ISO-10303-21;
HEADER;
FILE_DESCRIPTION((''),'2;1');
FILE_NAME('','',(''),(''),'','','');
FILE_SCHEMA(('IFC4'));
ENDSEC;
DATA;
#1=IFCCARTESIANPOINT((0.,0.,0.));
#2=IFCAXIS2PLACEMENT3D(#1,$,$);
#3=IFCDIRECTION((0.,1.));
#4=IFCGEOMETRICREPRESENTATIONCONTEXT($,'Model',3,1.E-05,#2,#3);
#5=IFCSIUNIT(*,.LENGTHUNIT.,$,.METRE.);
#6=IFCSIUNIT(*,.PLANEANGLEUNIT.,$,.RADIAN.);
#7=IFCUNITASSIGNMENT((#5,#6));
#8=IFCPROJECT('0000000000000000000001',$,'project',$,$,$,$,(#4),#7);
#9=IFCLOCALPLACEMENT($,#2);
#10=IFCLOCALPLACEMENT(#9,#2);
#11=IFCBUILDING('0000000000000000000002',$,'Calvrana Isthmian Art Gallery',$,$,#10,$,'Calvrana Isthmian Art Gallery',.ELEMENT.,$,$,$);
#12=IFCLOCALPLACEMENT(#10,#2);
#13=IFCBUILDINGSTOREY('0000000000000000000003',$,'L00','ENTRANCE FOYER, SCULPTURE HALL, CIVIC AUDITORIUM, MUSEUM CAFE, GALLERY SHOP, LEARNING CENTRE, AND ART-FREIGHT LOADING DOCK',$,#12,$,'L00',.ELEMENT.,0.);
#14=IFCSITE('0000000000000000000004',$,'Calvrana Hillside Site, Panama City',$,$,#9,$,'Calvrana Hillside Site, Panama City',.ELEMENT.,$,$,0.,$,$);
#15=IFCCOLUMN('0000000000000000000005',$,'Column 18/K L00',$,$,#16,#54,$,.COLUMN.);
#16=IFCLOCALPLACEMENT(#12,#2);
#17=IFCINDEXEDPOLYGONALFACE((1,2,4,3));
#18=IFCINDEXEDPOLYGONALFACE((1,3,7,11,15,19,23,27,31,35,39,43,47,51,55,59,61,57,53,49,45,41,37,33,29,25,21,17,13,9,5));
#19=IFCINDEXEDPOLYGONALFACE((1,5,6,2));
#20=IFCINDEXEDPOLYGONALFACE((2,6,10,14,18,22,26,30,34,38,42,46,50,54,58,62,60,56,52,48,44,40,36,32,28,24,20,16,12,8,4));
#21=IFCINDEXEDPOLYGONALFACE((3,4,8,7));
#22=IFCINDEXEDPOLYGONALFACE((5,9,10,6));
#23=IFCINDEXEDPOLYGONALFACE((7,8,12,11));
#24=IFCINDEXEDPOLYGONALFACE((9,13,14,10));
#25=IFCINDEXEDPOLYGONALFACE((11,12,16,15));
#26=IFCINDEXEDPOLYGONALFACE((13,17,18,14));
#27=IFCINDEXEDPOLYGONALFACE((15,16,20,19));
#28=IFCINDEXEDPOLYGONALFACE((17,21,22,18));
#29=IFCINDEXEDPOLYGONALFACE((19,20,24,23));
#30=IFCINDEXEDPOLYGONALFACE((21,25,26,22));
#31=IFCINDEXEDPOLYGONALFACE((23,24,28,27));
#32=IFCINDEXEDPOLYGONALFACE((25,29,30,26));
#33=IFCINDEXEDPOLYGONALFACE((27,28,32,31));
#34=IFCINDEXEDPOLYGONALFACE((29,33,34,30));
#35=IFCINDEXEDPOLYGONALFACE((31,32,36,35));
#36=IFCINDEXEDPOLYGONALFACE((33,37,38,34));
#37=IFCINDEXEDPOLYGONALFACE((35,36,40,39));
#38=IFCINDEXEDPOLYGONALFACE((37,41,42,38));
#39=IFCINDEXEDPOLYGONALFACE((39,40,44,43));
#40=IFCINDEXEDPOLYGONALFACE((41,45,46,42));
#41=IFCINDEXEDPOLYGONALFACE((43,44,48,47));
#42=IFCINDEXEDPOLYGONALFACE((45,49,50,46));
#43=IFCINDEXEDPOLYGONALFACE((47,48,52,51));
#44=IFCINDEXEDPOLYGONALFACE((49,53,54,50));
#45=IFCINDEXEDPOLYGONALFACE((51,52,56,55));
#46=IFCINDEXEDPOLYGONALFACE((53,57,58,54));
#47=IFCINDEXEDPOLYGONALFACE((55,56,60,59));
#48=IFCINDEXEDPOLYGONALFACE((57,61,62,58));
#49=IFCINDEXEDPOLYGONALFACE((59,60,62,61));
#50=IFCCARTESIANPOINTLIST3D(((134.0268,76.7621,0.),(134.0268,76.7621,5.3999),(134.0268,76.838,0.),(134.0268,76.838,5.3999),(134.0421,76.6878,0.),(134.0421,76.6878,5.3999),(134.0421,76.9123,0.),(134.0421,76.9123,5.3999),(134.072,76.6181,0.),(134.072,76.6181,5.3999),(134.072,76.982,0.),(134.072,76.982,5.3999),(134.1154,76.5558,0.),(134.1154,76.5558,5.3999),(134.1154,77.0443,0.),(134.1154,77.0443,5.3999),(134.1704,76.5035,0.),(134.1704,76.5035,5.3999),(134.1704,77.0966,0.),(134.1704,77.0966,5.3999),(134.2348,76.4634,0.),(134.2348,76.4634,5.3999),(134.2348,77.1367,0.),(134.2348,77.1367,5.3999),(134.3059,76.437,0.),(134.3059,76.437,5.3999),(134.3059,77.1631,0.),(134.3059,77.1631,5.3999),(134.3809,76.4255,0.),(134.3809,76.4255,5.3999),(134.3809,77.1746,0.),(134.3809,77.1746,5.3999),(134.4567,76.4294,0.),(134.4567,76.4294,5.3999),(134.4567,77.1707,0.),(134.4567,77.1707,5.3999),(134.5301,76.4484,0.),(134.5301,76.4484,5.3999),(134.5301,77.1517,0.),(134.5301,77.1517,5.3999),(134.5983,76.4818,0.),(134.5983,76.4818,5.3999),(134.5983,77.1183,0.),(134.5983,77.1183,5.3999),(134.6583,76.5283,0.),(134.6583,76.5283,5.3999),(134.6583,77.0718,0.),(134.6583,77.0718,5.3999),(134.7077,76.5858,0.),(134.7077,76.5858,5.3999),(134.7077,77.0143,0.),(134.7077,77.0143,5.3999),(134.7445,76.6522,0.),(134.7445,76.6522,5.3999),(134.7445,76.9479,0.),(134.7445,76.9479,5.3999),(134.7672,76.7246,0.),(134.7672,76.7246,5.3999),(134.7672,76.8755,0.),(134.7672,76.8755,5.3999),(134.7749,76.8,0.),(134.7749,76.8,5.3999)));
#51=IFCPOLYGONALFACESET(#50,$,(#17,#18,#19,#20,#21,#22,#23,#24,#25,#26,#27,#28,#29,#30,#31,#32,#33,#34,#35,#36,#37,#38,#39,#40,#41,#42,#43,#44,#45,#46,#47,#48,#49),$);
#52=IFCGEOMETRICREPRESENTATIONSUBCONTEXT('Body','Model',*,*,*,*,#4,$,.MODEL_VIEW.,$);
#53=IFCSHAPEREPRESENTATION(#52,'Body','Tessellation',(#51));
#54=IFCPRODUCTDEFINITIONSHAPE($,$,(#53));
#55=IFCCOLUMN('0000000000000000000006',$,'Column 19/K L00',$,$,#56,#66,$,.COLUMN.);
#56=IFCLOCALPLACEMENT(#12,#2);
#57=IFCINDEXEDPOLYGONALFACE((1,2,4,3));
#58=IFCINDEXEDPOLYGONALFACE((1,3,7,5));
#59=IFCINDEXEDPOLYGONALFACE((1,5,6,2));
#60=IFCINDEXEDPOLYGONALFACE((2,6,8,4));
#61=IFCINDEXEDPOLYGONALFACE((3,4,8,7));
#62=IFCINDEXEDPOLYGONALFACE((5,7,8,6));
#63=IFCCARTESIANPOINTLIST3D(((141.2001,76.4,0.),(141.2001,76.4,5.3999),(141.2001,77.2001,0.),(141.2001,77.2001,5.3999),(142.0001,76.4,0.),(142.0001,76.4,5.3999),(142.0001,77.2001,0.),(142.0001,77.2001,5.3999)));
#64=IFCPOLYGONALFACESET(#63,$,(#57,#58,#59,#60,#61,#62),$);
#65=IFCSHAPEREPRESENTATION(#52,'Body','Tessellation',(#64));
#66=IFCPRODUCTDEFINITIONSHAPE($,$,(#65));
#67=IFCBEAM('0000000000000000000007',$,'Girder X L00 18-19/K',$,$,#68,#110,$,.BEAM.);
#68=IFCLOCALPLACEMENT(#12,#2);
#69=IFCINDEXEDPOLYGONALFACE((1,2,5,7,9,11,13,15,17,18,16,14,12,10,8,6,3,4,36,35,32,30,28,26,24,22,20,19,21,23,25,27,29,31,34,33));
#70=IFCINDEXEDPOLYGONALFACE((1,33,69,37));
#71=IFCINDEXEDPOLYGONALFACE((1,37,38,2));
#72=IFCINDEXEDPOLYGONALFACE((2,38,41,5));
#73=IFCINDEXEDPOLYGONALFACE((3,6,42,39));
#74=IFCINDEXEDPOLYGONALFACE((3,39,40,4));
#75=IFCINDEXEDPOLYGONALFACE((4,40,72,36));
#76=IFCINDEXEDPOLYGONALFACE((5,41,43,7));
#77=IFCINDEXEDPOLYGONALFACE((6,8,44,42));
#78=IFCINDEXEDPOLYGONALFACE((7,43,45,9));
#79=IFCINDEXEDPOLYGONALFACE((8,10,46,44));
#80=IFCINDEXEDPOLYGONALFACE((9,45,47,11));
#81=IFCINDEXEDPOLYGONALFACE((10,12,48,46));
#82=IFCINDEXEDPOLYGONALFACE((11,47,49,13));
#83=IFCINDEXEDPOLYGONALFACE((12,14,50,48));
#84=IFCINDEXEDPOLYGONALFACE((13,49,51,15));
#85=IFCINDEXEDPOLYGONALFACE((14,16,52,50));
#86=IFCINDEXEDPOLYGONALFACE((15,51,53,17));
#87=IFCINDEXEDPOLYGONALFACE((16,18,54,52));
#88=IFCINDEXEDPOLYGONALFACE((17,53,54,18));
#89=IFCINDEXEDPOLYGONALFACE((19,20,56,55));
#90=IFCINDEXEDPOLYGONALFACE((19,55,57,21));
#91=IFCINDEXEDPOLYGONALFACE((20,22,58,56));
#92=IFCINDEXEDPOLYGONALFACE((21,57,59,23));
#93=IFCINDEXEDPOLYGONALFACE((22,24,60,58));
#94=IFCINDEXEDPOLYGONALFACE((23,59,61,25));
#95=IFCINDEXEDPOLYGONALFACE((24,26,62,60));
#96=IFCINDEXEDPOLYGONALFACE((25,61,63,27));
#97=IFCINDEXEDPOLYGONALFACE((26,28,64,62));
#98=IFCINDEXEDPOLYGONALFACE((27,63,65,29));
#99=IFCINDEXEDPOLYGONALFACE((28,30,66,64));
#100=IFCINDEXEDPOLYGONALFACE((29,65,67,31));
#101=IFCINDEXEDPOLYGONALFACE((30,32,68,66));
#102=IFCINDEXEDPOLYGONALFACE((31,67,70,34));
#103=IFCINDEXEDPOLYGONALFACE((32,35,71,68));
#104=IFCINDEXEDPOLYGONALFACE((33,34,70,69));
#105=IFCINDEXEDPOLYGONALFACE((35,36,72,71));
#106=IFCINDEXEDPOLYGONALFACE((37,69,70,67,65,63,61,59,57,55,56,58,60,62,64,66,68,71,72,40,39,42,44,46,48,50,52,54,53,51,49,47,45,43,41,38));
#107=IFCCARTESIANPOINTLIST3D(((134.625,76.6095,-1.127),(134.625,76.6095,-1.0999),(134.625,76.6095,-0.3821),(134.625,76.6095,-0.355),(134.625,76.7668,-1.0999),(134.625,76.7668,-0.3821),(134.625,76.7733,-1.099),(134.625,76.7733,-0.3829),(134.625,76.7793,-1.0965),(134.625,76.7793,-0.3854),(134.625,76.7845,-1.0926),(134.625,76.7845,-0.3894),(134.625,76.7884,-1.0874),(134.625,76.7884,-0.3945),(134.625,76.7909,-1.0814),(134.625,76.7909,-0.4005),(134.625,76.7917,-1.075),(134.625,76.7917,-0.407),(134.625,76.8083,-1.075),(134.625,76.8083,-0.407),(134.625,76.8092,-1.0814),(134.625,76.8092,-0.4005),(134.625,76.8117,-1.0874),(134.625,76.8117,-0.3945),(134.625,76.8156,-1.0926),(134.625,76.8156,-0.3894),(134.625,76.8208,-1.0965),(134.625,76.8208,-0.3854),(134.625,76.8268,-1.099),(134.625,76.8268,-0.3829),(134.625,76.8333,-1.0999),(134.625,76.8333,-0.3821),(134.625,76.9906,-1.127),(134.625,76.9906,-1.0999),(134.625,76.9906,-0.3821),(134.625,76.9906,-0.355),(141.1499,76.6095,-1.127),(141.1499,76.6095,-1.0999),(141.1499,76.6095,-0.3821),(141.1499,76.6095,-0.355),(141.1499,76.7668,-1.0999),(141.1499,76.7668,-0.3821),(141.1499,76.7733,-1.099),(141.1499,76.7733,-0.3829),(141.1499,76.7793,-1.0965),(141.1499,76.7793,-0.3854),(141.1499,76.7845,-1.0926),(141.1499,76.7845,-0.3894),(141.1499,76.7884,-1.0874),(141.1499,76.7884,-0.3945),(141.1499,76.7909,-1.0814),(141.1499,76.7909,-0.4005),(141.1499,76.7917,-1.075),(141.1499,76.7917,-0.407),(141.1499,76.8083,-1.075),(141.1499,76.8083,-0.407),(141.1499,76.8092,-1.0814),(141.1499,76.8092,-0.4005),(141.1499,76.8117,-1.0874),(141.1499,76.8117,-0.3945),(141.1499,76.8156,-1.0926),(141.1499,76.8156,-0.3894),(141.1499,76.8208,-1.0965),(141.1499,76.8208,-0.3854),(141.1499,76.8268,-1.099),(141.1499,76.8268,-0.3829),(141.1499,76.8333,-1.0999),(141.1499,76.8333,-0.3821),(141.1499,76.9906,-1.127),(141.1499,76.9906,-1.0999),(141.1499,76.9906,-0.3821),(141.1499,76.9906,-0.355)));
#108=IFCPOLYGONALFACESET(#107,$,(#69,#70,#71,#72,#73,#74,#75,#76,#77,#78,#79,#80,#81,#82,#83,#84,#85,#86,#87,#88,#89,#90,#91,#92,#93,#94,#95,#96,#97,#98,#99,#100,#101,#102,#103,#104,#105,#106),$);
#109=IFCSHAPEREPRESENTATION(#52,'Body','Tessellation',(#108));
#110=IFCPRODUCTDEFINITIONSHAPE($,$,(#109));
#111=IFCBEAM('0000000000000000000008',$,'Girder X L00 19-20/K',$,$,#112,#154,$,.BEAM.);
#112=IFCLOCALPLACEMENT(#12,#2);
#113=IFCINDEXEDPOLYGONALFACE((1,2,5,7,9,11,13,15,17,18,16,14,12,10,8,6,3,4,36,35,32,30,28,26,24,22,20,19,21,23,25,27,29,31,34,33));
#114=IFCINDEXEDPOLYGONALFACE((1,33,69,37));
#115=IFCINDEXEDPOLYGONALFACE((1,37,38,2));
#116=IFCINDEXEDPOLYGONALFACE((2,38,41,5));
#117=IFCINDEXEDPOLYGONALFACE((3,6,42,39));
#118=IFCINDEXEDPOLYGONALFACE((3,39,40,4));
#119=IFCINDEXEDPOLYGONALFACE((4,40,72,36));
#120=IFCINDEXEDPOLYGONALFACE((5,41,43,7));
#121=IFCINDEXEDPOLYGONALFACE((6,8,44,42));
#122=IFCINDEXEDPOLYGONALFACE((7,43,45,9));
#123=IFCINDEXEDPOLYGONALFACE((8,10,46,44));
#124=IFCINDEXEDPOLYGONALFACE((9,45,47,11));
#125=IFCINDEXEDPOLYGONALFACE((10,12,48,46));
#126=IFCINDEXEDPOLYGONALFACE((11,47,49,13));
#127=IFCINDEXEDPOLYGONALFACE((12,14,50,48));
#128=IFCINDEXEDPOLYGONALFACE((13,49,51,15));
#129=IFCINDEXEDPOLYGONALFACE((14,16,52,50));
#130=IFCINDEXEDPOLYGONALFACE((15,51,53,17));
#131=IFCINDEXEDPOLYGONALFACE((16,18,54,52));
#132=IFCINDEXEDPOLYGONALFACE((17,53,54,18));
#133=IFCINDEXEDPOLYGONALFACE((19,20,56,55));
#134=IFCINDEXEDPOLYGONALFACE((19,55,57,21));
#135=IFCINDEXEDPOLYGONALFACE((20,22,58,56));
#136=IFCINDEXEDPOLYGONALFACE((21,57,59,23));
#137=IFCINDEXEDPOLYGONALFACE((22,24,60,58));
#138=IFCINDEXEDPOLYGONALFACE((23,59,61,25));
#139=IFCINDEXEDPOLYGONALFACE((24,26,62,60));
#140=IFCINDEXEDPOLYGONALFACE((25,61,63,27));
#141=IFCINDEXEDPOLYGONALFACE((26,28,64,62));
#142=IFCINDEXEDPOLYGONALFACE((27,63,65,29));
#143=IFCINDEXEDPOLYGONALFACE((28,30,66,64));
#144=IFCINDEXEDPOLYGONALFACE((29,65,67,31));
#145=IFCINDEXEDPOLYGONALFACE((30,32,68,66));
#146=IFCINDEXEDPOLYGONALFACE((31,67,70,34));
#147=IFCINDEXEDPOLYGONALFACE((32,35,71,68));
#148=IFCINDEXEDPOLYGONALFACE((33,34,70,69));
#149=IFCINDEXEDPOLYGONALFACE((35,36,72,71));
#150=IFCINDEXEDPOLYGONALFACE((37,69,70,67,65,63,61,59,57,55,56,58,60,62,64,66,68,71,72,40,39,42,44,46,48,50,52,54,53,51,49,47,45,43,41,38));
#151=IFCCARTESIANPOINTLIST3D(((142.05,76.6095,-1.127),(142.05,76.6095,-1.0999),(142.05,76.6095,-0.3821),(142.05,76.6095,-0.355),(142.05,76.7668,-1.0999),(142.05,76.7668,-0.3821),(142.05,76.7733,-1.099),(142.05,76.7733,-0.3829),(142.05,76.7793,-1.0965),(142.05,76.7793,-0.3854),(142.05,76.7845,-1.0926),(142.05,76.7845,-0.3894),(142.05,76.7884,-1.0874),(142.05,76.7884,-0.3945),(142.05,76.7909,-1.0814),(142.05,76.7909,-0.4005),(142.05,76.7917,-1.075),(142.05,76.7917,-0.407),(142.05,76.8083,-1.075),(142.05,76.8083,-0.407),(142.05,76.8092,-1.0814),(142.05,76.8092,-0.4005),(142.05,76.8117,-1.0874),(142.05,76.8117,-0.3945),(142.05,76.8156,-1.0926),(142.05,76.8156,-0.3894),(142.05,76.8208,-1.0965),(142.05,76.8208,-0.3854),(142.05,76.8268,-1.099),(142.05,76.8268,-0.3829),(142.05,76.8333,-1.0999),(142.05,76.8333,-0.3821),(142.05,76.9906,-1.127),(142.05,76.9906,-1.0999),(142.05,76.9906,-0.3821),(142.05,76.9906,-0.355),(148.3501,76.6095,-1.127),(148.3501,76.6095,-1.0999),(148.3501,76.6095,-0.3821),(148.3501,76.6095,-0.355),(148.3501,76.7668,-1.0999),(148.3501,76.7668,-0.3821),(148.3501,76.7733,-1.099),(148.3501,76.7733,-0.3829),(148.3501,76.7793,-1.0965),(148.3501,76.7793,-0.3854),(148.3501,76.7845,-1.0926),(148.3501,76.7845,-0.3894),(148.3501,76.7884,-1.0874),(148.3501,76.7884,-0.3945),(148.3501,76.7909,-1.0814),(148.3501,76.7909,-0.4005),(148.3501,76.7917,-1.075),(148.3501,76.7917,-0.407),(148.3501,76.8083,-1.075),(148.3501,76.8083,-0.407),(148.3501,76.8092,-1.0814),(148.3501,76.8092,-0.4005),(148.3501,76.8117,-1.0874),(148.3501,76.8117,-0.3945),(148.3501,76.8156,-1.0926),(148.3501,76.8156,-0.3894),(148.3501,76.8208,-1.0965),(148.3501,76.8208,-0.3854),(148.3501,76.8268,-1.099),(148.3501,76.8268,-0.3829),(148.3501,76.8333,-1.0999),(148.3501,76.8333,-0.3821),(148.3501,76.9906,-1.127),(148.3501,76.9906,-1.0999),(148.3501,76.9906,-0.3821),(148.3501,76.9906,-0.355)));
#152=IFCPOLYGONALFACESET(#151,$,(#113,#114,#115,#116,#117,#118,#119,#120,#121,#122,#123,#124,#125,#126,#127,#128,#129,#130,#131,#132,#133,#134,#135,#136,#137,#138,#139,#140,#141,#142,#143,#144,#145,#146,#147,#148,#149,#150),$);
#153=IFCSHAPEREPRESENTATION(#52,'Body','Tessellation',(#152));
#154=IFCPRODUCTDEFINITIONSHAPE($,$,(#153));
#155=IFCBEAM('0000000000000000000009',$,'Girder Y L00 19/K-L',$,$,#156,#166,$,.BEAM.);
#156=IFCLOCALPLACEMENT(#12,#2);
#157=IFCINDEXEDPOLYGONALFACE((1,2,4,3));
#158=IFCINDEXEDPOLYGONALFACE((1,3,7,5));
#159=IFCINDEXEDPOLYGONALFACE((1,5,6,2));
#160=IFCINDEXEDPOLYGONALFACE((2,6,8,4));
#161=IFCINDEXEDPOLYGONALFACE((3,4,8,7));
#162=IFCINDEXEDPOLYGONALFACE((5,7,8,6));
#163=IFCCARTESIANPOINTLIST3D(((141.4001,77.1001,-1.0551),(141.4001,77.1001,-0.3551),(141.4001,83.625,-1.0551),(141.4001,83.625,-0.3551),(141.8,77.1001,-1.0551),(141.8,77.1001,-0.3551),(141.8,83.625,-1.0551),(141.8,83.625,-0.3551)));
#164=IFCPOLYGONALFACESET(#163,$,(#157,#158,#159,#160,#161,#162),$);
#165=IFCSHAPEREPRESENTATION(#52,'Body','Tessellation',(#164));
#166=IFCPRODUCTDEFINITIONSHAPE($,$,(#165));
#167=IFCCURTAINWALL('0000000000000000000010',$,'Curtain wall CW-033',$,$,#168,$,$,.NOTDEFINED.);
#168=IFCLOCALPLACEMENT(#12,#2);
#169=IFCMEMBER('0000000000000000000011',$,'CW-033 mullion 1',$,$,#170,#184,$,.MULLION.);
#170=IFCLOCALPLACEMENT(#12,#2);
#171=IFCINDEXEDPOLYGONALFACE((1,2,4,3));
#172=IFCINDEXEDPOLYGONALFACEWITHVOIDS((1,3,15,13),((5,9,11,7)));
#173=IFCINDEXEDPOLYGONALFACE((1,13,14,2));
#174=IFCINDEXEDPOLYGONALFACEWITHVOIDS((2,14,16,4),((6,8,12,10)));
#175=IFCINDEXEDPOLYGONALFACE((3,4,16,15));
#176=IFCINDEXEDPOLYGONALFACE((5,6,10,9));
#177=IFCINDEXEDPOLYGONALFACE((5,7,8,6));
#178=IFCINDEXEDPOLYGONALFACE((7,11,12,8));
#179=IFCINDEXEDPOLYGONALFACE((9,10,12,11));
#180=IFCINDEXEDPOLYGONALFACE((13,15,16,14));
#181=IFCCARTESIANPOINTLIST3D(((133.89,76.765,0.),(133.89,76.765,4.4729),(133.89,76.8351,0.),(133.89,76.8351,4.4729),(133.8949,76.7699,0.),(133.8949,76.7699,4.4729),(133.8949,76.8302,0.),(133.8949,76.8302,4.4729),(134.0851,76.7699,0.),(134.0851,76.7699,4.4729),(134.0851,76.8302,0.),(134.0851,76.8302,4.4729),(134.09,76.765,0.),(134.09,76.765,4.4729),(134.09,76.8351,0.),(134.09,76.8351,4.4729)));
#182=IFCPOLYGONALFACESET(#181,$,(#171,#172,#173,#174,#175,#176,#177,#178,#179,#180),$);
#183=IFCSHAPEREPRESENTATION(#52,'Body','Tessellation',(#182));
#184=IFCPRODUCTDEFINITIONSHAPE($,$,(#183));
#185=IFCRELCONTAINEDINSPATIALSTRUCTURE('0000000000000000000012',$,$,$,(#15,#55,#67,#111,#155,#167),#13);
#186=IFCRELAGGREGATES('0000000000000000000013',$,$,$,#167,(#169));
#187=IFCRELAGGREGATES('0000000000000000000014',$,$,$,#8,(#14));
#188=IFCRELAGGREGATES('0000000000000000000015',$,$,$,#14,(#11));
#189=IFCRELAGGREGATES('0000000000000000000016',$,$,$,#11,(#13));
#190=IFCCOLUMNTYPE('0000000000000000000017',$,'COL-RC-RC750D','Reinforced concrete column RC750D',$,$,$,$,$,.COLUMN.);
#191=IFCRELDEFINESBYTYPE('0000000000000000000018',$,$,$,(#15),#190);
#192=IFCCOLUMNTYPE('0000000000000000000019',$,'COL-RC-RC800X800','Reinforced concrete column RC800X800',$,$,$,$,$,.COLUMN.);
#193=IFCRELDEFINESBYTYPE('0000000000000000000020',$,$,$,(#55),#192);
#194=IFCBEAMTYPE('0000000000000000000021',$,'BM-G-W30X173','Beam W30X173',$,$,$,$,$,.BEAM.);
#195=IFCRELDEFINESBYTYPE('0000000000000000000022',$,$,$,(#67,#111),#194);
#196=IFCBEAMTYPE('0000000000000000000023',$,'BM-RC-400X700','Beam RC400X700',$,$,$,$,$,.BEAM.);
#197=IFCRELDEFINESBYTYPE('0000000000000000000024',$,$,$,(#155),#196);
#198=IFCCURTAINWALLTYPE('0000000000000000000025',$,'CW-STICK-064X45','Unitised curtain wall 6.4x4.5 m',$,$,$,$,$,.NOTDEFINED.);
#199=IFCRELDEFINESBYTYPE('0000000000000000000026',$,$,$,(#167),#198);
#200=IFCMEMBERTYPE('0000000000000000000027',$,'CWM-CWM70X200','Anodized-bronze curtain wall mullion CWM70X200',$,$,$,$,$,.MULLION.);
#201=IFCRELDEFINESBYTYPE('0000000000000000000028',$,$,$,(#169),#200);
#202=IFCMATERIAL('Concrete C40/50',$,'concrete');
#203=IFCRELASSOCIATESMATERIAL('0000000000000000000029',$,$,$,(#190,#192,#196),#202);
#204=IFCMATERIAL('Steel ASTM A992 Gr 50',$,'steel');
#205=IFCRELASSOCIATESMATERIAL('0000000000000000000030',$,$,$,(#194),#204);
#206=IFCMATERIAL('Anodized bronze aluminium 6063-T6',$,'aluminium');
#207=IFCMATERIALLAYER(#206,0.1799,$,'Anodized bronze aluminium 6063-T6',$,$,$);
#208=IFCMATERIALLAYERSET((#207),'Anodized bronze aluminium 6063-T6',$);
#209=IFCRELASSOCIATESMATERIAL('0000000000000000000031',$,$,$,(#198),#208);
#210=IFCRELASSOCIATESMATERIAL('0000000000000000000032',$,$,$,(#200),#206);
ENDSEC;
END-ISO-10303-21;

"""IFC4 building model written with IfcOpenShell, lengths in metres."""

from ifc_helpers import new_model, si_unit, direction, frame, origin, origin_2d, place, context, subcontext, project, spatial, rectangle, hollow_rectangle, circle, i_section, extrude, material, layer, layer_set, material_profile, profile_set, type_object, element, aggregate, save


model = new_model("IFC4")

# Units and contexts
model_context = context("Model", 3, precision=1e-05, world=origin(), true_north=direction((0.0, 1.0)))
body_context = subcontext(model_context, "Body", "Model", "MODEL_VIEW")
ifc_project = project(units=[si_unit("LENGTHUNIT", "METRE"), si_unit("PLANEANGLEUNIT", "RADIAN")], contexts=[model_context])

# Site, building, storey
site_placement = place(None, origin())
site = spatial("IfcSite", under=ifc_project, at=site_placement, Name="Calvrana Hillside Site, Panama City", LongName="Calvrana Hillside Site, Panama City", CompositionType="ELEMENT", RefElevation=0.0)
building_placement = place(site_placement, origin())
building = spatial("IfcBuilding", under=site, at=building_placement, Name="Calvrana Isthmian Art Gallery", LongName="Calvrana Isthmian Art Gallery", CompositionType="ELEMENT")
storey_placement = place(building_placement, origin())
storey = spatial("IfcBuildingStorey", under=building, at=storey_placement, Name="L00", Description="ENTRANCE FOYER, SCULPTURE HALL, CIVIC AUDITORIUM, MUSEUM CAFE, GALLERY SHOP, LEARNING CENTRE, AND ART-FREIGHT LOADING DOCK", LongName="L00", CompositionType="ELEMENT", Elevation=0.0)

# Columns
ifc_material_1 = material(Name="Concrete C40/50", Category="concrete")
ifc_material_profile_1 = material_profile(ifc_material_1, circle(Radius=0.375, at=origin_2d()), Name="RC750D")
ifc_profile_set_1 = profile_set([ifc_material_profile_1], Name="Concrete C40/50")
column_type_1 = type_object("IfcColumnType", Name="COL-RC-RC750D", Description="Reinforced concrete column RC750D", PredefinedType="COLUMN", material=ifc_profile_set_1)
column_1_placement = place(storey_placement, frame((134.3999, 76.8, 0.0), z_axis=(0.0, 0.0, 1.0), x_axis=(1.0, 0.0, 0.0)))
element("IfcColumn", 1, at=column_1_placement, inside=storey, type_object=column_type_1, Name="Column 18/K L00", PredefinedType="COLUMN", context=body_context, shape_type="SweptSolid", body=[
    extrude(circle(Radius=0.375, at=origin_2d()), origin(), (0.0, 0.0, 1.0), 5.3999),
])
ifc_material_profile_2 = material_profile(ifc_material_1, rectangle(XDim=0.8, YDim=0.8, at=origin_2d()), Name="RC800X800")
ifc_profile_set_2 = profile_set([ifc_material_profile_2], Name="Concrete C40/50")
column_type_2 = type_object("IfcColumnType", Name="COL-RC-RC800X800", Description="Reinforced concrete column RC800X800", PredefinedType="COLUMN", material=ifc_profile_set_2)
column_2_placement = place(storey_placement, frame((141.6001, 76.8, 0.0), z_axis=(0.0, 0.0, 1.0), x_axis=(1.0, 0.0, 0.0)))
element("IfcColumn", 2, at=column_2_placement, inside=storey, type_object=column_type_2, Name="Column 19/K L00", PredefinedType="COLUMN", context=body_context, shape_type="SweptSolid", body=[
    extrude(rectangle(XDim=0.8, YDim=0.8, at=origin_2d()), origin(), (0.0, 0.0, 1.0), 5.3999),
])

# Beams
ifc_material_2 = material(Name="Steel ASTM A992 Gr 50", Category="steel")
ifc_material_profile_3 = material_profile(ifc_material_2, i_section(OverallWidth=0.3811, OverallDepth=0.772, WebThickness=0.0166, FlangeThickness=0.0271, FilletRadius=0.0249, at=origin_2d()), Name="W30X173")
ifc_profile_set_3 = profile_set([ifc_material_profile_3], Name="Steel ASTM A992 Gr 50")
beam_type_1 = type_object("IfcBeamType", Name="BM-G-W30X173", Description="Beam W30X173", PredefinedType="BEAM", material=ifc_profile_set_3)
beam_1_placement = place(storey_placement, frame((134.625, 76.8, -0.741), z_axis=(1.0, 0.0, 0.0), x_axis=(0.0, 1.0, 0.0)))
element("IfcBeam", 3, at=beam_1_placement, inside=storey, type_object=beam_type_1, Name="Girder X L00 18-19/K", PredefinedType="BEAM", context=body_context, shape_type="SweptSolid", body=[
    extrude(i_section(OverallWidth=0.3811, OverallDepth=0.772, WebThickness=0.0166, FlangeThickness=0.0271, FilletRadius=0.0249, at=origin_2d()), origin(), (0.0, 0.0, 1.0), 6.5249),
])
beam_2_placement = place(storey_placement, frame((142.05, 76.8, -0.741), z_axis=(1.0, 0.0, 0.0), x_axis=(0.0, 1.0, 0.0)))
element("IfcBeam", 4, at=beam_2_placement, inside=storey, type_object=beam_type_1, Name="Girder X L00 19-20/K", PredefinedType="BEAM", context=body_context, shape_type="SweptSolid", body=[
    extrude(i_section(OverallWidth=0.3811, OverallDepth=0.772, WebThickness=0.0166, FlangeThickness=0.0271, FilletRadius=0.0249, at=origin_2d()), origin(), (0.0, 0.0, 1.0), 6.3),
])
ifc_material_profile_4 = material_profile(ifc_material_1, rectangle(XDim=0.3999, YDim=0.7, at=origin_2d()), Name="RC400X700")
ifc_profile_set_4 = profile_set([ifc_material_profile_4], Name="Concrete C40/50")
beam_type_2 = type_object("IfcBeamType", Name="BM-RC-400X700", Description="Beam RC400X700", PredefinedType="BEAM", material=ifc_profile_set_4)
beam_3_placement = place(storey_placement, frame((141.6001, 77.1001, -0.7051), z_axis=(0.0, 1.0, 0.0), x_axis=(-1.0, 0.0, 0.0)))
element("IfcBeam", 5, at=beam_3_placement, inside=storey, type_object=beam_type_2, Name="Girder Y L00 19/K-L", PredefinedType="BEAM", context=body_context, shape_type="SweptSolid", body=[
    extrude(rectangle(XDim=0.3999, YDim=0.7, at=origin_2d()), origin(), (0.0, 0.0, 1.0), 6.5249),
])

# Curtain wall, member
ifc_material_3 = material(Name="Anodized bronze aluminium 6063-T6", Category="aluminium")
ifc_layer_1 = layer(ifc_material_3, 0.1799, Name="Anodized bronze aluminium 6063-T6")
ifc_layer_set_1 = layer_set([ifc_layer_1], Name="Anodized bronze aluminium 6063-T6")
curtain_wall_type_1 = type_object("IfcCurtainWallType", Name="CW-STICK-064X45", Description="Unitised curtain wall 6.4x4.5 m", PredefinedType="NOTDEFINED", material=ifc_layer_set_1)
curtain_wall_1_placement = place(storey_placement, origin())
curtain_wall_1 = element("IfcCurtainWall", 6, at=curtain_wall_1_placement, inside=storey, type_object=curtain_wall_type_1, Name="Curtain wall CW-033", PredefinedType="NOTDEFINED")
ifc_material_profile_5 = material_profile(ifc_material_3, hollow_rectangle(XDim=0.0701, YDim=0.2, WallThickness=0.0049, at=origin_2d()), Name="CWM70X200")
ifc_profile_set_5 = profile_set([ifc_material_profile_5], Name="Anodized bronze aluminium 6063-T6")
member_type_1 = type_object("IfcMemberType", Name="CWM-CWM70X200", Description="Anodized-bronze curtain wall mullion CWM70X200", PredefinedType="MULLION", material=ifc_profile_set_5)
member_1_placement = place(storey_placement, frame((133.99, 76.8, 0.0), z_axis=(0.0, 0.0, 1.0), x_axis=(0.0, -1.0, 0.0)))
member_1 = element("IfcMember", 7, at=member_1_placement, type_object=member_type_1, Name="CW-033 mullion 1", PredefinedType="MULLION", context=body_context, shape_type="SweptSolid", body=[
    extrude(hollow_rectangle(XDim=0.0701, YDim=0.2, WallThickness=0.0049, at=origin_2d()), origin(), (0.0, 0.0, 1.0), 4.4729),
])

aggregate(curtain_wall_1, [member_1])

save(model, "model.ifc")
